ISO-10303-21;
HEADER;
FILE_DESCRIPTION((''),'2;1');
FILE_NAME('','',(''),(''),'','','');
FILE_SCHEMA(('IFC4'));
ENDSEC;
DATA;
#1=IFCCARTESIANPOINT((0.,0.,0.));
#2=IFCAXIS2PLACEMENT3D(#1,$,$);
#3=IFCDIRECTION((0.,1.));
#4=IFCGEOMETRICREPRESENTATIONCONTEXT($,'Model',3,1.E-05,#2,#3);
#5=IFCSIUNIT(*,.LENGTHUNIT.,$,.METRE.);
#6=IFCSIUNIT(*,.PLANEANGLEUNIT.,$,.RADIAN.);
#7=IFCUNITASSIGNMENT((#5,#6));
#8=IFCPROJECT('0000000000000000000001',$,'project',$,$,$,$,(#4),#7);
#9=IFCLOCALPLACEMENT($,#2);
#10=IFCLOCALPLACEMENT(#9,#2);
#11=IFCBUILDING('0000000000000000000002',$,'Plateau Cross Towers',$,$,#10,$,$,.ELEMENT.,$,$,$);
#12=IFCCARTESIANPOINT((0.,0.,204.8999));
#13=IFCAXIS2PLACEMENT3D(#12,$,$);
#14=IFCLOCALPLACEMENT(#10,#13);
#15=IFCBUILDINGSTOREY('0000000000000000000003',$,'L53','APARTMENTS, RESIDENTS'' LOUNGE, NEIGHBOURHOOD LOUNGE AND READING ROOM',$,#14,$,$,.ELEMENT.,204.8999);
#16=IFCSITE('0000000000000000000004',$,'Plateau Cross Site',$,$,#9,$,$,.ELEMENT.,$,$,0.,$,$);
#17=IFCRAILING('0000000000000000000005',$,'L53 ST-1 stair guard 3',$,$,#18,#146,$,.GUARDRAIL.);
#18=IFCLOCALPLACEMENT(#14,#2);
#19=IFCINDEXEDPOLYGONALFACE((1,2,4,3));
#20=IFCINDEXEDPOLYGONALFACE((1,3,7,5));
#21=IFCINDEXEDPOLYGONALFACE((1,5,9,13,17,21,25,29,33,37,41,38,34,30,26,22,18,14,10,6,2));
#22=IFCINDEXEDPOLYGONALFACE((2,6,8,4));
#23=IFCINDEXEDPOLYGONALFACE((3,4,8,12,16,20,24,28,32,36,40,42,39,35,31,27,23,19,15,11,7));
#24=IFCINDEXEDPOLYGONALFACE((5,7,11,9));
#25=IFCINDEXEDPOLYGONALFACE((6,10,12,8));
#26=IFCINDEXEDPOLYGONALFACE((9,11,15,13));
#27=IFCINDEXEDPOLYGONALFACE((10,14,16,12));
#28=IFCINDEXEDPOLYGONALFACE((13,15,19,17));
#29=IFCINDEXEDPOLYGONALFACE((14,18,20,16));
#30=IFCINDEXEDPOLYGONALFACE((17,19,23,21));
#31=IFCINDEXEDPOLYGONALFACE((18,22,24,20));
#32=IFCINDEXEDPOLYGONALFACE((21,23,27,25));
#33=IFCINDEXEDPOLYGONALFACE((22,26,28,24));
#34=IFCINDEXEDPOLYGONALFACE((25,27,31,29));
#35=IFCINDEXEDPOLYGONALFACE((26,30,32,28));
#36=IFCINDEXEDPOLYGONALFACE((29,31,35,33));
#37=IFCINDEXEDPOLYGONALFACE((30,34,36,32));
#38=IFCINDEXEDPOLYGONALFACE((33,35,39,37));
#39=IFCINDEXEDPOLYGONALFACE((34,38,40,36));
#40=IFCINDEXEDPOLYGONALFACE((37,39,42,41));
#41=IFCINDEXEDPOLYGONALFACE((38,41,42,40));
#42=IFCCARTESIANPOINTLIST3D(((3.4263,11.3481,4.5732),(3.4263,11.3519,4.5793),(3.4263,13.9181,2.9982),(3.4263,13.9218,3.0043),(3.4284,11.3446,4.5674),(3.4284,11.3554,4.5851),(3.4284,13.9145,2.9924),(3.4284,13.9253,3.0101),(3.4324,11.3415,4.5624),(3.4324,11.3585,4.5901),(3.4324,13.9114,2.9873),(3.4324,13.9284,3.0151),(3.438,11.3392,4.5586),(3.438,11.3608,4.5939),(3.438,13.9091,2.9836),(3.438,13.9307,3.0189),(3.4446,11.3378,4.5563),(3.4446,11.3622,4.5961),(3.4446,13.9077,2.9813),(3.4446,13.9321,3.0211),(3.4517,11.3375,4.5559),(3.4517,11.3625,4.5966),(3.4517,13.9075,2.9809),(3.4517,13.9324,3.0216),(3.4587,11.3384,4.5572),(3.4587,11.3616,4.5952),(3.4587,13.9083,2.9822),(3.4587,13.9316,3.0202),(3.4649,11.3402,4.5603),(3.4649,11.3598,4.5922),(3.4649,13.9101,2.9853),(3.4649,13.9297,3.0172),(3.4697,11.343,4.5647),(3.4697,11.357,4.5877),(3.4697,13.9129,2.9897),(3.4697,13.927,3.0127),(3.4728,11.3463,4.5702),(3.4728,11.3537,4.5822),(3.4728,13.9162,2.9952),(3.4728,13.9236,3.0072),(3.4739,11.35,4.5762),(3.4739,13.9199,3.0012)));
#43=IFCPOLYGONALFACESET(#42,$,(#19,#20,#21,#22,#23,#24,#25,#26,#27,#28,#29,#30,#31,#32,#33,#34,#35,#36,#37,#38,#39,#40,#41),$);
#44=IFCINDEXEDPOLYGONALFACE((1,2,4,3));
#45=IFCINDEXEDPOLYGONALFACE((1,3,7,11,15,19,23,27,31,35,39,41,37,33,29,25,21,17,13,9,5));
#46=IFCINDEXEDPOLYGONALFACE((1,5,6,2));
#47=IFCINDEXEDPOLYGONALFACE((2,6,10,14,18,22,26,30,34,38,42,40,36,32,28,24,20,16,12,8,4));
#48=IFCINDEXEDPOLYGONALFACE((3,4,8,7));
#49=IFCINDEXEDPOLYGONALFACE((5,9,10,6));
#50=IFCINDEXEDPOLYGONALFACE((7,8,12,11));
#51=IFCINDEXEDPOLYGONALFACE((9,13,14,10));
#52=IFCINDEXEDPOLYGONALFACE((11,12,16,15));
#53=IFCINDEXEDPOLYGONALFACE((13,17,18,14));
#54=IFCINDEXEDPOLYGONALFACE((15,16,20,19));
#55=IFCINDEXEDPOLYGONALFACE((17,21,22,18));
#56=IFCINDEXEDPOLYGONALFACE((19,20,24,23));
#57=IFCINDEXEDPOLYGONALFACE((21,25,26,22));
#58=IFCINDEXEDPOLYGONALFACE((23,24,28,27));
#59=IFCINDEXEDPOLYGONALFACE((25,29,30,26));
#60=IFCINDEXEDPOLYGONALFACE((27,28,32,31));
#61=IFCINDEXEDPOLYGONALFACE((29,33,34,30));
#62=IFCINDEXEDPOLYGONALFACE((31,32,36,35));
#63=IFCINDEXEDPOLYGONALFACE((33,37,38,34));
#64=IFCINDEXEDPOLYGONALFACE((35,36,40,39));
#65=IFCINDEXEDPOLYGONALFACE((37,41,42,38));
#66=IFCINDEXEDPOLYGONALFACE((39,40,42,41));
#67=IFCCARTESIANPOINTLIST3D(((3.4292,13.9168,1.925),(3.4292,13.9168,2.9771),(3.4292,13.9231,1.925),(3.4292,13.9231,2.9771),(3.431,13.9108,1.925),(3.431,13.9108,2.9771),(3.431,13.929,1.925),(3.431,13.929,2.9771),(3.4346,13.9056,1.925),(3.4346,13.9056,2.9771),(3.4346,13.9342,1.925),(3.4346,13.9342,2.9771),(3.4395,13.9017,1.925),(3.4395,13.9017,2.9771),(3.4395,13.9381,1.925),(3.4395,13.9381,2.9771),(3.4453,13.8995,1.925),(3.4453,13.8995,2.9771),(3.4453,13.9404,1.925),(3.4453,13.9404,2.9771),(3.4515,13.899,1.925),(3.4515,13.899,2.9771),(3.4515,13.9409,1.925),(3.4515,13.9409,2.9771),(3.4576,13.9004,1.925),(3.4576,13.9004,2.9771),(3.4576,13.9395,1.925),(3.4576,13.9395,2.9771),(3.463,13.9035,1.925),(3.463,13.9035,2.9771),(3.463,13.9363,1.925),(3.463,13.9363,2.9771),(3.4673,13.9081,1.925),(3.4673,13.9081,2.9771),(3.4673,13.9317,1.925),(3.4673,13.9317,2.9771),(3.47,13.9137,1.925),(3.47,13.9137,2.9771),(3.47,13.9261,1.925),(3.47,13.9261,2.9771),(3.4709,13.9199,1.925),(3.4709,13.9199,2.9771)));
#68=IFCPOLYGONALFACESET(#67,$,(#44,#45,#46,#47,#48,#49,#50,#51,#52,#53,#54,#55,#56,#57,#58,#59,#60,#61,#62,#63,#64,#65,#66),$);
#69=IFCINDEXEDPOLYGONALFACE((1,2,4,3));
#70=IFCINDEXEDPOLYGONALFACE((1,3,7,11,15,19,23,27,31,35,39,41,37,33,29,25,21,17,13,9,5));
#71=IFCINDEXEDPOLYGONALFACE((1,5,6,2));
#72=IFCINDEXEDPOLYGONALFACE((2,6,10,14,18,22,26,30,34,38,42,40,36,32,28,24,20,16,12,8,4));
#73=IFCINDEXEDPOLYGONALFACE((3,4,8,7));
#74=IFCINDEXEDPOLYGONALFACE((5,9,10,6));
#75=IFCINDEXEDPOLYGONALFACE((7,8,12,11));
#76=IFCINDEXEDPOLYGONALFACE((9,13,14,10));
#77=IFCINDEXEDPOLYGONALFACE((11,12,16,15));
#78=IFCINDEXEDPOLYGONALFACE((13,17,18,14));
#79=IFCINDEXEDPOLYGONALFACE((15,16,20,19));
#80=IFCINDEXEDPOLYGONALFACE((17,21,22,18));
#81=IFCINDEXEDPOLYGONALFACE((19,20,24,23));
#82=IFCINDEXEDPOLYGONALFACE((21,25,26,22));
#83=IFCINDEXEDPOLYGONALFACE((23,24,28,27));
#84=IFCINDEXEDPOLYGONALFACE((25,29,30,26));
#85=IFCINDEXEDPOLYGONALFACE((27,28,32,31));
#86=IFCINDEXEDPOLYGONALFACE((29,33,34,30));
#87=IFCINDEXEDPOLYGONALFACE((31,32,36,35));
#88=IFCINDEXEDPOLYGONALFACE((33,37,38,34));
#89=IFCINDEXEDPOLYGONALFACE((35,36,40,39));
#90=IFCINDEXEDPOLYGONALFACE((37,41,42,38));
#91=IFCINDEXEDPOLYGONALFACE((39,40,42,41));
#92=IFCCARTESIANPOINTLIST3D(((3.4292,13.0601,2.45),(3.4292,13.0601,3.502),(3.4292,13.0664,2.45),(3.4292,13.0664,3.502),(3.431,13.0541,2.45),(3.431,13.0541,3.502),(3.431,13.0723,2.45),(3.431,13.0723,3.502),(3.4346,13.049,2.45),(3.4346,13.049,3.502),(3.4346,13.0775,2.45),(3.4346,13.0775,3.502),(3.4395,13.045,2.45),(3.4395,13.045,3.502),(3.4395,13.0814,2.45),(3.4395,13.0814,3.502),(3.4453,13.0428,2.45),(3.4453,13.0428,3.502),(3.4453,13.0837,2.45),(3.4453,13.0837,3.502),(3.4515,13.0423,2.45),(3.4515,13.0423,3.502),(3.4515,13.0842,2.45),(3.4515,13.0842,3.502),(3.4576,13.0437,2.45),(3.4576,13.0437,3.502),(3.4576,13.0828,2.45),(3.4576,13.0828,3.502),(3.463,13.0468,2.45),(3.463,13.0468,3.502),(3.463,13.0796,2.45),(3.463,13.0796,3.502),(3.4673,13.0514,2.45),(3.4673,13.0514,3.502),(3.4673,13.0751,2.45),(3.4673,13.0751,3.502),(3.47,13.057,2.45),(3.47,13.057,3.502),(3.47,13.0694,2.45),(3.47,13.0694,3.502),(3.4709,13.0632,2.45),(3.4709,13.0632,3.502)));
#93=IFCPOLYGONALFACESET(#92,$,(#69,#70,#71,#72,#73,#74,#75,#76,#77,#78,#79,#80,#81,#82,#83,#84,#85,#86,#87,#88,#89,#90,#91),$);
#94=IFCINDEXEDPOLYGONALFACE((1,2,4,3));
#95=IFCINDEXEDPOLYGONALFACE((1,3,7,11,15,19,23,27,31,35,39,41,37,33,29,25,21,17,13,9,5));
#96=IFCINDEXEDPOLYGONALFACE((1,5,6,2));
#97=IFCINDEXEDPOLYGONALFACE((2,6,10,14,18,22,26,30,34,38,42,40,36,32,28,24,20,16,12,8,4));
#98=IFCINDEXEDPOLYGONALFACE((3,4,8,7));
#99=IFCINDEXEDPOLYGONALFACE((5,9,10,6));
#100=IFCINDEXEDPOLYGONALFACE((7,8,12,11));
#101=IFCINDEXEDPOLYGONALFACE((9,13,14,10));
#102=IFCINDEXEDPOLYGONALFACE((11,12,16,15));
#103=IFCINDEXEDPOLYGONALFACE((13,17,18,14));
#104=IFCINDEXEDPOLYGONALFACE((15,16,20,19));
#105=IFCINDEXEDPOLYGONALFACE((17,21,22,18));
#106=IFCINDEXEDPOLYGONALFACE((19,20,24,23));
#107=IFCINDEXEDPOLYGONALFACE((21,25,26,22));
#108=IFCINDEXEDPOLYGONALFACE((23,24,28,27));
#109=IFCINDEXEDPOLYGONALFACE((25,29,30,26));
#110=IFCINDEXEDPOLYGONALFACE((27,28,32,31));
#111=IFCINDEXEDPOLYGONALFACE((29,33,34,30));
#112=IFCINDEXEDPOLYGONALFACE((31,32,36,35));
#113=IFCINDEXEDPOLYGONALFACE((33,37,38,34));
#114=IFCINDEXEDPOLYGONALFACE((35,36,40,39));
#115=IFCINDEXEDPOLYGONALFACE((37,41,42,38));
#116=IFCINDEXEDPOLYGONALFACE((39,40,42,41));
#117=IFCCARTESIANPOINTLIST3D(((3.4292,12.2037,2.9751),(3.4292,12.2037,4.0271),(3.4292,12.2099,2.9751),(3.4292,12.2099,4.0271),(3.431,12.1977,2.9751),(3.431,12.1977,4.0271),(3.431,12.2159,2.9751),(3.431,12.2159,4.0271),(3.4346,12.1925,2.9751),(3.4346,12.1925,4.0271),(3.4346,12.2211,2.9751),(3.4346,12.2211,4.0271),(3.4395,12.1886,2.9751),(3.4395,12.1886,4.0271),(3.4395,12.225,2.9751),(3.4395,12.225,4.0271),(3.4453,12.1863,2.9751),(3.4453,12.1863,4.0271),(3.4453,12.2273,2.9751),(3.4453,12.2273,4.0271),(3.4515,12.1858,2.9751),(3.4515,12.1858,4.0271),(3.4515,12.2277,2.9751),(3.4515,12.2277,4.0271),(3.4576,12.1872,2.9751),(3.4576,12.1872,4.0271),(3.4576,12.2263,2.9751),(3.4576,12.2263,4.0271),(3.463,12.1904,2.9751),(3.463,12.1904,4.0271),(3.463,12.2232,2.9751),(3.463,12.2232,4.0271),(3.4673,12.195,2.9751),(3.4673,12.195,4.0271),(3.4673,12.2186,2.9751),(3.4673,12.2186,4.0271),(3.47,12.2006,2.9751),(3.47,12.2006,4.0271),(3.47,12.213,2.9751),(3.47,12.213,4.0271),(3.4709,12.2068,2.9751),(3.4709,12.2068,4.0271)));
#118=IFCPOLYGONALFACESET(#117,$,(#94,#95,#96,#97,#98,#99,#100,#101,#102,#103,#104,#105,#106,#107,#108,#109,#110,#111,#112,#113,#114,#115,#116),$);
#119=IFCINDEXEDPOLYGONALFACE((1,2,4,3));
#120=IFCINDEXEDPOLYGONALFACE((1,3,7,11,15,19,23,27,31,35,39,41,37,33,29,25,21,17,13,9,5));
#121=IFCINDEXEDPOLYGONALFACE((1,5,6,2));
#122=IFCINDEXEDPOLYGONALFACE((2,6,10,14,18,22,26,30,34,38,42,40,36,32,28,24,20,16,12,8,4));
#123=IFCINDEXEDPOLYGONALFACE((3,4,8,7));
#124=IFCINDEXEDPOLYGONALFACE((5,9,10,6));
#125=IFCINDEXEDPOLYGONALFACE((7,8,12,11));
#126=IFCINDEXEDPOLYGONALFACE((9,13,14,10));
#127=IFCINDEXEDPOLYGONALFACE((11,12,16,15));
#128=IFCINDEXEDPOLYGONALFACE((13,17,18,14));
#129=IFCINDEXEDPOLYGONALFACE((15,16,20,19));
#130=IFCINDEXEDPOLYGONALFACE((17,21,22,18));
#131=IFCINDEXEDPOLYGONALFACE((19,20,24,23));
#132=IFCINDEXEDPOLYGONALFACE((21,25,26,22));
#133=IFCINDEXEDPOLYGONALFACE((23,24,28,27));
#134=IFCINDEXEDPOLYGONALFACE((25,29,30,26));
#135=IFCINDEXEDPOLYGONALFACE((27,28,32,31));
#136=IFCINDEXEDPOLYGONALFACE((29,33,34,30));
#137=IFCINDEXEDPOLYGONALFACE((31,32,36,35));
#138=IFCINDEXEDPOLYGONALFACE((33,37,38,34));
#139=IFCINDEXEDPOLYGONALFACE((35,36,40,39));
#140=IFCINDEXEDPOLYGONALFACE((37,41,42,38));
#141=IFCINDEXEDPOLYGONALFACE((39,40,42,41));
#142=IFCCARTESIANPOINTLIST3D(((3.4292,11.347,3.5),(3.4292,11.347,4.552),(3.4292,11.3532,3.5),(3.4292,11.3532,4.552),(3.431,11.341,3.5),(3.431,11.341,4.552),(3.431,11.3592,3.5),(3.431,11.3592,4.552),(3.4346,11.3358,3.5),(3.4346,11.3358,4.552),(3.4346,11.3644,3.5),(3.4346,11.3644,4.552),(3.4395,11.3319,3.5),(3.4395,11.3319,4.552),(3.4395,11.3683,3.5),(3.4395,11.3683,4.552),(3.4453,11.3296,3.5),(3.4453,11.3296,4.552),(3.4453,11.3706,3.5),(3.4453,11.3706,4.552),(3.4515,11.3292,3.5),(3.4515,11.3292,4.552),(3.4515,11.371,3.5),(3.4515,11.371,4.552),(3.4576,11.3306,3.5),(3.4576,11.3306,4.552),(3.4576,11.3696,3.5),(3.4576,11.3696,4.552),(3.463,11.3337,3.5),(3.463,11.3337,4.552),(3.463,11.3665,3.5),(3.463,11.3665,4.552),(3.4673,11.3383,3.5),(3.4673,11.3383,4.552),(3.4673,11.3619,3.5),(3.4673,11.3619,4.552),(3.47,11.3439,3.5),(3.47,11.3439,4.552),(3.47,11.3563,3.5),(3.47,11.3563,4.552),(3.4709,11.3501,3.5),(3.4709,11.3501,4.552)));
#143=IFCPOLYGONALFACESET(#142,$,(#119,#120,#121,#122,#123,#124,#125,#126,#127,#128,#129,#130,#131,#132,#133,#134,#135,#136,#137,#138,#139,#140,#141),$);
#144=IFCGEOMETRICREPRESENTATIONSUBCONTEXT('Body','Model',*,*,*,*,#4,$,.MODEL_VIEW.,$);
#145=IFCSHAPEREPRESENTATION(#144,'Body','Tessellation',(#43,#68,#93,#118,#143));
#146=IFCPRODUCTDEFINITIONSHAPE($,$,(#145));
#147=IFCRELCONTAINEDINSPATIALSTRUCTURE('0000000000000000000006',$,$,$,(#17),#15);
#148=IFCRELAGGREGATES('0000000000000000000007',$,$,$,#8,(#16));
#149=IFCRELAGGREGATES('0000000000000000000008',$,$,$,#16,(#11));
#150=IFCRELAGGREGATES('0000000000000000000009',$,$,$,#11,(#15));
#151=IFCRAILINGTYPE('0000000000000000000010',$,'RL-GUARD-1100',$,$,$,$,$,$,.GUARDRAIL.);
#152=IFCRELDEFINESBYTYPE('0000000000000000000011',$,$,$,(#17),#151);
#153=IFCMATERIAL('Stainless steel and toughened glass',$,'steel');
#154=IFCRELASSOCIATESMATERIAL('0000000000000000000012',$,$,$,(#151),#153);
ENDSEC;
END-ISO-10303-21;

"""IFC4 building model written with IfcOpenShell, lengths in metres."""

from ifc_helpers import new_model, si_unit, direction, frame, origin, origin_2d, place, context, subcontext, project, spatial, circle, extrude, material, type_object, element, save


model = new_model("IFC4")

# Units and contexts
model_context = context("Model", 3, precision=1e-05, world=origin(), true_north=direction((0.0, 1.0)))
body_context = subcontext(model_context, "Body", "Model", "MODEL_VIEW")
ifc_project = project(units=[si_unit("LENGTHUNIT", "METRE"), si_unit("PLANEANGLEUNIT", "RADIAN")], contexts=[model_context])

# Site, building, storey
site_placement = place(None, origin())
site = spatial("IfcSite", under=ifc_project, at=site_placement, Name="Plateau Cross Site", CompositionType="ELEMENT", RefElevation=0.0)
building_placement = place(site_placement, origin())
building = spatial("IfcBuilding", under=site, at=building_placement, Name="Plateau Cross Towers", CompositionType="ELEMENT")
storey_placement = place(building_placement, frame((0.0, 0.0, 204.8999)))
storey = spatial("IfcBuildingStorey", under=building, at=storey_placement, Name="L53", Description="APARTMENTS, RESIDENTS' LOUNGE, NEIGHBOURHOOD LOUNGE AND READING ROOM", CompositionType="ELEMENT", Elevation=204.8999)

# Railing
ifc_material_1 = material(Name="Stainless steel and toughened glass", Category="steel")
railing_type = type_object("IfcRailingType", Name="RL-GUARD-1100", PredefinedType="GUARDRAIL", material=ifc_material_1)
railing_1_placement = place(storey_placement, frame((3.45, 13.9199, 1.925)))
element("IfcRailing", 1, at=railing_1_placement, inside=storey, type_object=railing_type, Name="L53 ST-1 stair guard 3", PredefinedType="GUARDRAIL", context=body_context, shape_type="SweptSolid", body=[
    extrude(circle(Radius=0.0239, at=origin_2d()), frame((0.0, 0.0, 1.0762), z_axis=(0.0, -0.852616, 0.522537), x_axis=(1.0, 0.0, 0.0)), (0.0, 0.0, 1.0), 3.0142),
    extrude(circle(Radius=0.021, at=origin_2d()), origin(), (0.0, 0.0, 1.0), 1.052),
    extrude(circle(Radius=0.021, at=origin_2d()), frame((0.0, -0.8567, 0.5249)), (0.0, 0.0, 1.0), 1.052),
    extrude(circle(Radius=0.021, at=origin_2d()), frame((0.0, -1.7131, 1.05)), (0.0, 0.0, 1.0), 1.052),
    extrude(circle(Radius=0.021, at=origin_2d()), frame((0.0, -2.5698, 1.575)), (0.0, 0.0, 1.0), 1.052),
])

save(model, "model.ifc")
